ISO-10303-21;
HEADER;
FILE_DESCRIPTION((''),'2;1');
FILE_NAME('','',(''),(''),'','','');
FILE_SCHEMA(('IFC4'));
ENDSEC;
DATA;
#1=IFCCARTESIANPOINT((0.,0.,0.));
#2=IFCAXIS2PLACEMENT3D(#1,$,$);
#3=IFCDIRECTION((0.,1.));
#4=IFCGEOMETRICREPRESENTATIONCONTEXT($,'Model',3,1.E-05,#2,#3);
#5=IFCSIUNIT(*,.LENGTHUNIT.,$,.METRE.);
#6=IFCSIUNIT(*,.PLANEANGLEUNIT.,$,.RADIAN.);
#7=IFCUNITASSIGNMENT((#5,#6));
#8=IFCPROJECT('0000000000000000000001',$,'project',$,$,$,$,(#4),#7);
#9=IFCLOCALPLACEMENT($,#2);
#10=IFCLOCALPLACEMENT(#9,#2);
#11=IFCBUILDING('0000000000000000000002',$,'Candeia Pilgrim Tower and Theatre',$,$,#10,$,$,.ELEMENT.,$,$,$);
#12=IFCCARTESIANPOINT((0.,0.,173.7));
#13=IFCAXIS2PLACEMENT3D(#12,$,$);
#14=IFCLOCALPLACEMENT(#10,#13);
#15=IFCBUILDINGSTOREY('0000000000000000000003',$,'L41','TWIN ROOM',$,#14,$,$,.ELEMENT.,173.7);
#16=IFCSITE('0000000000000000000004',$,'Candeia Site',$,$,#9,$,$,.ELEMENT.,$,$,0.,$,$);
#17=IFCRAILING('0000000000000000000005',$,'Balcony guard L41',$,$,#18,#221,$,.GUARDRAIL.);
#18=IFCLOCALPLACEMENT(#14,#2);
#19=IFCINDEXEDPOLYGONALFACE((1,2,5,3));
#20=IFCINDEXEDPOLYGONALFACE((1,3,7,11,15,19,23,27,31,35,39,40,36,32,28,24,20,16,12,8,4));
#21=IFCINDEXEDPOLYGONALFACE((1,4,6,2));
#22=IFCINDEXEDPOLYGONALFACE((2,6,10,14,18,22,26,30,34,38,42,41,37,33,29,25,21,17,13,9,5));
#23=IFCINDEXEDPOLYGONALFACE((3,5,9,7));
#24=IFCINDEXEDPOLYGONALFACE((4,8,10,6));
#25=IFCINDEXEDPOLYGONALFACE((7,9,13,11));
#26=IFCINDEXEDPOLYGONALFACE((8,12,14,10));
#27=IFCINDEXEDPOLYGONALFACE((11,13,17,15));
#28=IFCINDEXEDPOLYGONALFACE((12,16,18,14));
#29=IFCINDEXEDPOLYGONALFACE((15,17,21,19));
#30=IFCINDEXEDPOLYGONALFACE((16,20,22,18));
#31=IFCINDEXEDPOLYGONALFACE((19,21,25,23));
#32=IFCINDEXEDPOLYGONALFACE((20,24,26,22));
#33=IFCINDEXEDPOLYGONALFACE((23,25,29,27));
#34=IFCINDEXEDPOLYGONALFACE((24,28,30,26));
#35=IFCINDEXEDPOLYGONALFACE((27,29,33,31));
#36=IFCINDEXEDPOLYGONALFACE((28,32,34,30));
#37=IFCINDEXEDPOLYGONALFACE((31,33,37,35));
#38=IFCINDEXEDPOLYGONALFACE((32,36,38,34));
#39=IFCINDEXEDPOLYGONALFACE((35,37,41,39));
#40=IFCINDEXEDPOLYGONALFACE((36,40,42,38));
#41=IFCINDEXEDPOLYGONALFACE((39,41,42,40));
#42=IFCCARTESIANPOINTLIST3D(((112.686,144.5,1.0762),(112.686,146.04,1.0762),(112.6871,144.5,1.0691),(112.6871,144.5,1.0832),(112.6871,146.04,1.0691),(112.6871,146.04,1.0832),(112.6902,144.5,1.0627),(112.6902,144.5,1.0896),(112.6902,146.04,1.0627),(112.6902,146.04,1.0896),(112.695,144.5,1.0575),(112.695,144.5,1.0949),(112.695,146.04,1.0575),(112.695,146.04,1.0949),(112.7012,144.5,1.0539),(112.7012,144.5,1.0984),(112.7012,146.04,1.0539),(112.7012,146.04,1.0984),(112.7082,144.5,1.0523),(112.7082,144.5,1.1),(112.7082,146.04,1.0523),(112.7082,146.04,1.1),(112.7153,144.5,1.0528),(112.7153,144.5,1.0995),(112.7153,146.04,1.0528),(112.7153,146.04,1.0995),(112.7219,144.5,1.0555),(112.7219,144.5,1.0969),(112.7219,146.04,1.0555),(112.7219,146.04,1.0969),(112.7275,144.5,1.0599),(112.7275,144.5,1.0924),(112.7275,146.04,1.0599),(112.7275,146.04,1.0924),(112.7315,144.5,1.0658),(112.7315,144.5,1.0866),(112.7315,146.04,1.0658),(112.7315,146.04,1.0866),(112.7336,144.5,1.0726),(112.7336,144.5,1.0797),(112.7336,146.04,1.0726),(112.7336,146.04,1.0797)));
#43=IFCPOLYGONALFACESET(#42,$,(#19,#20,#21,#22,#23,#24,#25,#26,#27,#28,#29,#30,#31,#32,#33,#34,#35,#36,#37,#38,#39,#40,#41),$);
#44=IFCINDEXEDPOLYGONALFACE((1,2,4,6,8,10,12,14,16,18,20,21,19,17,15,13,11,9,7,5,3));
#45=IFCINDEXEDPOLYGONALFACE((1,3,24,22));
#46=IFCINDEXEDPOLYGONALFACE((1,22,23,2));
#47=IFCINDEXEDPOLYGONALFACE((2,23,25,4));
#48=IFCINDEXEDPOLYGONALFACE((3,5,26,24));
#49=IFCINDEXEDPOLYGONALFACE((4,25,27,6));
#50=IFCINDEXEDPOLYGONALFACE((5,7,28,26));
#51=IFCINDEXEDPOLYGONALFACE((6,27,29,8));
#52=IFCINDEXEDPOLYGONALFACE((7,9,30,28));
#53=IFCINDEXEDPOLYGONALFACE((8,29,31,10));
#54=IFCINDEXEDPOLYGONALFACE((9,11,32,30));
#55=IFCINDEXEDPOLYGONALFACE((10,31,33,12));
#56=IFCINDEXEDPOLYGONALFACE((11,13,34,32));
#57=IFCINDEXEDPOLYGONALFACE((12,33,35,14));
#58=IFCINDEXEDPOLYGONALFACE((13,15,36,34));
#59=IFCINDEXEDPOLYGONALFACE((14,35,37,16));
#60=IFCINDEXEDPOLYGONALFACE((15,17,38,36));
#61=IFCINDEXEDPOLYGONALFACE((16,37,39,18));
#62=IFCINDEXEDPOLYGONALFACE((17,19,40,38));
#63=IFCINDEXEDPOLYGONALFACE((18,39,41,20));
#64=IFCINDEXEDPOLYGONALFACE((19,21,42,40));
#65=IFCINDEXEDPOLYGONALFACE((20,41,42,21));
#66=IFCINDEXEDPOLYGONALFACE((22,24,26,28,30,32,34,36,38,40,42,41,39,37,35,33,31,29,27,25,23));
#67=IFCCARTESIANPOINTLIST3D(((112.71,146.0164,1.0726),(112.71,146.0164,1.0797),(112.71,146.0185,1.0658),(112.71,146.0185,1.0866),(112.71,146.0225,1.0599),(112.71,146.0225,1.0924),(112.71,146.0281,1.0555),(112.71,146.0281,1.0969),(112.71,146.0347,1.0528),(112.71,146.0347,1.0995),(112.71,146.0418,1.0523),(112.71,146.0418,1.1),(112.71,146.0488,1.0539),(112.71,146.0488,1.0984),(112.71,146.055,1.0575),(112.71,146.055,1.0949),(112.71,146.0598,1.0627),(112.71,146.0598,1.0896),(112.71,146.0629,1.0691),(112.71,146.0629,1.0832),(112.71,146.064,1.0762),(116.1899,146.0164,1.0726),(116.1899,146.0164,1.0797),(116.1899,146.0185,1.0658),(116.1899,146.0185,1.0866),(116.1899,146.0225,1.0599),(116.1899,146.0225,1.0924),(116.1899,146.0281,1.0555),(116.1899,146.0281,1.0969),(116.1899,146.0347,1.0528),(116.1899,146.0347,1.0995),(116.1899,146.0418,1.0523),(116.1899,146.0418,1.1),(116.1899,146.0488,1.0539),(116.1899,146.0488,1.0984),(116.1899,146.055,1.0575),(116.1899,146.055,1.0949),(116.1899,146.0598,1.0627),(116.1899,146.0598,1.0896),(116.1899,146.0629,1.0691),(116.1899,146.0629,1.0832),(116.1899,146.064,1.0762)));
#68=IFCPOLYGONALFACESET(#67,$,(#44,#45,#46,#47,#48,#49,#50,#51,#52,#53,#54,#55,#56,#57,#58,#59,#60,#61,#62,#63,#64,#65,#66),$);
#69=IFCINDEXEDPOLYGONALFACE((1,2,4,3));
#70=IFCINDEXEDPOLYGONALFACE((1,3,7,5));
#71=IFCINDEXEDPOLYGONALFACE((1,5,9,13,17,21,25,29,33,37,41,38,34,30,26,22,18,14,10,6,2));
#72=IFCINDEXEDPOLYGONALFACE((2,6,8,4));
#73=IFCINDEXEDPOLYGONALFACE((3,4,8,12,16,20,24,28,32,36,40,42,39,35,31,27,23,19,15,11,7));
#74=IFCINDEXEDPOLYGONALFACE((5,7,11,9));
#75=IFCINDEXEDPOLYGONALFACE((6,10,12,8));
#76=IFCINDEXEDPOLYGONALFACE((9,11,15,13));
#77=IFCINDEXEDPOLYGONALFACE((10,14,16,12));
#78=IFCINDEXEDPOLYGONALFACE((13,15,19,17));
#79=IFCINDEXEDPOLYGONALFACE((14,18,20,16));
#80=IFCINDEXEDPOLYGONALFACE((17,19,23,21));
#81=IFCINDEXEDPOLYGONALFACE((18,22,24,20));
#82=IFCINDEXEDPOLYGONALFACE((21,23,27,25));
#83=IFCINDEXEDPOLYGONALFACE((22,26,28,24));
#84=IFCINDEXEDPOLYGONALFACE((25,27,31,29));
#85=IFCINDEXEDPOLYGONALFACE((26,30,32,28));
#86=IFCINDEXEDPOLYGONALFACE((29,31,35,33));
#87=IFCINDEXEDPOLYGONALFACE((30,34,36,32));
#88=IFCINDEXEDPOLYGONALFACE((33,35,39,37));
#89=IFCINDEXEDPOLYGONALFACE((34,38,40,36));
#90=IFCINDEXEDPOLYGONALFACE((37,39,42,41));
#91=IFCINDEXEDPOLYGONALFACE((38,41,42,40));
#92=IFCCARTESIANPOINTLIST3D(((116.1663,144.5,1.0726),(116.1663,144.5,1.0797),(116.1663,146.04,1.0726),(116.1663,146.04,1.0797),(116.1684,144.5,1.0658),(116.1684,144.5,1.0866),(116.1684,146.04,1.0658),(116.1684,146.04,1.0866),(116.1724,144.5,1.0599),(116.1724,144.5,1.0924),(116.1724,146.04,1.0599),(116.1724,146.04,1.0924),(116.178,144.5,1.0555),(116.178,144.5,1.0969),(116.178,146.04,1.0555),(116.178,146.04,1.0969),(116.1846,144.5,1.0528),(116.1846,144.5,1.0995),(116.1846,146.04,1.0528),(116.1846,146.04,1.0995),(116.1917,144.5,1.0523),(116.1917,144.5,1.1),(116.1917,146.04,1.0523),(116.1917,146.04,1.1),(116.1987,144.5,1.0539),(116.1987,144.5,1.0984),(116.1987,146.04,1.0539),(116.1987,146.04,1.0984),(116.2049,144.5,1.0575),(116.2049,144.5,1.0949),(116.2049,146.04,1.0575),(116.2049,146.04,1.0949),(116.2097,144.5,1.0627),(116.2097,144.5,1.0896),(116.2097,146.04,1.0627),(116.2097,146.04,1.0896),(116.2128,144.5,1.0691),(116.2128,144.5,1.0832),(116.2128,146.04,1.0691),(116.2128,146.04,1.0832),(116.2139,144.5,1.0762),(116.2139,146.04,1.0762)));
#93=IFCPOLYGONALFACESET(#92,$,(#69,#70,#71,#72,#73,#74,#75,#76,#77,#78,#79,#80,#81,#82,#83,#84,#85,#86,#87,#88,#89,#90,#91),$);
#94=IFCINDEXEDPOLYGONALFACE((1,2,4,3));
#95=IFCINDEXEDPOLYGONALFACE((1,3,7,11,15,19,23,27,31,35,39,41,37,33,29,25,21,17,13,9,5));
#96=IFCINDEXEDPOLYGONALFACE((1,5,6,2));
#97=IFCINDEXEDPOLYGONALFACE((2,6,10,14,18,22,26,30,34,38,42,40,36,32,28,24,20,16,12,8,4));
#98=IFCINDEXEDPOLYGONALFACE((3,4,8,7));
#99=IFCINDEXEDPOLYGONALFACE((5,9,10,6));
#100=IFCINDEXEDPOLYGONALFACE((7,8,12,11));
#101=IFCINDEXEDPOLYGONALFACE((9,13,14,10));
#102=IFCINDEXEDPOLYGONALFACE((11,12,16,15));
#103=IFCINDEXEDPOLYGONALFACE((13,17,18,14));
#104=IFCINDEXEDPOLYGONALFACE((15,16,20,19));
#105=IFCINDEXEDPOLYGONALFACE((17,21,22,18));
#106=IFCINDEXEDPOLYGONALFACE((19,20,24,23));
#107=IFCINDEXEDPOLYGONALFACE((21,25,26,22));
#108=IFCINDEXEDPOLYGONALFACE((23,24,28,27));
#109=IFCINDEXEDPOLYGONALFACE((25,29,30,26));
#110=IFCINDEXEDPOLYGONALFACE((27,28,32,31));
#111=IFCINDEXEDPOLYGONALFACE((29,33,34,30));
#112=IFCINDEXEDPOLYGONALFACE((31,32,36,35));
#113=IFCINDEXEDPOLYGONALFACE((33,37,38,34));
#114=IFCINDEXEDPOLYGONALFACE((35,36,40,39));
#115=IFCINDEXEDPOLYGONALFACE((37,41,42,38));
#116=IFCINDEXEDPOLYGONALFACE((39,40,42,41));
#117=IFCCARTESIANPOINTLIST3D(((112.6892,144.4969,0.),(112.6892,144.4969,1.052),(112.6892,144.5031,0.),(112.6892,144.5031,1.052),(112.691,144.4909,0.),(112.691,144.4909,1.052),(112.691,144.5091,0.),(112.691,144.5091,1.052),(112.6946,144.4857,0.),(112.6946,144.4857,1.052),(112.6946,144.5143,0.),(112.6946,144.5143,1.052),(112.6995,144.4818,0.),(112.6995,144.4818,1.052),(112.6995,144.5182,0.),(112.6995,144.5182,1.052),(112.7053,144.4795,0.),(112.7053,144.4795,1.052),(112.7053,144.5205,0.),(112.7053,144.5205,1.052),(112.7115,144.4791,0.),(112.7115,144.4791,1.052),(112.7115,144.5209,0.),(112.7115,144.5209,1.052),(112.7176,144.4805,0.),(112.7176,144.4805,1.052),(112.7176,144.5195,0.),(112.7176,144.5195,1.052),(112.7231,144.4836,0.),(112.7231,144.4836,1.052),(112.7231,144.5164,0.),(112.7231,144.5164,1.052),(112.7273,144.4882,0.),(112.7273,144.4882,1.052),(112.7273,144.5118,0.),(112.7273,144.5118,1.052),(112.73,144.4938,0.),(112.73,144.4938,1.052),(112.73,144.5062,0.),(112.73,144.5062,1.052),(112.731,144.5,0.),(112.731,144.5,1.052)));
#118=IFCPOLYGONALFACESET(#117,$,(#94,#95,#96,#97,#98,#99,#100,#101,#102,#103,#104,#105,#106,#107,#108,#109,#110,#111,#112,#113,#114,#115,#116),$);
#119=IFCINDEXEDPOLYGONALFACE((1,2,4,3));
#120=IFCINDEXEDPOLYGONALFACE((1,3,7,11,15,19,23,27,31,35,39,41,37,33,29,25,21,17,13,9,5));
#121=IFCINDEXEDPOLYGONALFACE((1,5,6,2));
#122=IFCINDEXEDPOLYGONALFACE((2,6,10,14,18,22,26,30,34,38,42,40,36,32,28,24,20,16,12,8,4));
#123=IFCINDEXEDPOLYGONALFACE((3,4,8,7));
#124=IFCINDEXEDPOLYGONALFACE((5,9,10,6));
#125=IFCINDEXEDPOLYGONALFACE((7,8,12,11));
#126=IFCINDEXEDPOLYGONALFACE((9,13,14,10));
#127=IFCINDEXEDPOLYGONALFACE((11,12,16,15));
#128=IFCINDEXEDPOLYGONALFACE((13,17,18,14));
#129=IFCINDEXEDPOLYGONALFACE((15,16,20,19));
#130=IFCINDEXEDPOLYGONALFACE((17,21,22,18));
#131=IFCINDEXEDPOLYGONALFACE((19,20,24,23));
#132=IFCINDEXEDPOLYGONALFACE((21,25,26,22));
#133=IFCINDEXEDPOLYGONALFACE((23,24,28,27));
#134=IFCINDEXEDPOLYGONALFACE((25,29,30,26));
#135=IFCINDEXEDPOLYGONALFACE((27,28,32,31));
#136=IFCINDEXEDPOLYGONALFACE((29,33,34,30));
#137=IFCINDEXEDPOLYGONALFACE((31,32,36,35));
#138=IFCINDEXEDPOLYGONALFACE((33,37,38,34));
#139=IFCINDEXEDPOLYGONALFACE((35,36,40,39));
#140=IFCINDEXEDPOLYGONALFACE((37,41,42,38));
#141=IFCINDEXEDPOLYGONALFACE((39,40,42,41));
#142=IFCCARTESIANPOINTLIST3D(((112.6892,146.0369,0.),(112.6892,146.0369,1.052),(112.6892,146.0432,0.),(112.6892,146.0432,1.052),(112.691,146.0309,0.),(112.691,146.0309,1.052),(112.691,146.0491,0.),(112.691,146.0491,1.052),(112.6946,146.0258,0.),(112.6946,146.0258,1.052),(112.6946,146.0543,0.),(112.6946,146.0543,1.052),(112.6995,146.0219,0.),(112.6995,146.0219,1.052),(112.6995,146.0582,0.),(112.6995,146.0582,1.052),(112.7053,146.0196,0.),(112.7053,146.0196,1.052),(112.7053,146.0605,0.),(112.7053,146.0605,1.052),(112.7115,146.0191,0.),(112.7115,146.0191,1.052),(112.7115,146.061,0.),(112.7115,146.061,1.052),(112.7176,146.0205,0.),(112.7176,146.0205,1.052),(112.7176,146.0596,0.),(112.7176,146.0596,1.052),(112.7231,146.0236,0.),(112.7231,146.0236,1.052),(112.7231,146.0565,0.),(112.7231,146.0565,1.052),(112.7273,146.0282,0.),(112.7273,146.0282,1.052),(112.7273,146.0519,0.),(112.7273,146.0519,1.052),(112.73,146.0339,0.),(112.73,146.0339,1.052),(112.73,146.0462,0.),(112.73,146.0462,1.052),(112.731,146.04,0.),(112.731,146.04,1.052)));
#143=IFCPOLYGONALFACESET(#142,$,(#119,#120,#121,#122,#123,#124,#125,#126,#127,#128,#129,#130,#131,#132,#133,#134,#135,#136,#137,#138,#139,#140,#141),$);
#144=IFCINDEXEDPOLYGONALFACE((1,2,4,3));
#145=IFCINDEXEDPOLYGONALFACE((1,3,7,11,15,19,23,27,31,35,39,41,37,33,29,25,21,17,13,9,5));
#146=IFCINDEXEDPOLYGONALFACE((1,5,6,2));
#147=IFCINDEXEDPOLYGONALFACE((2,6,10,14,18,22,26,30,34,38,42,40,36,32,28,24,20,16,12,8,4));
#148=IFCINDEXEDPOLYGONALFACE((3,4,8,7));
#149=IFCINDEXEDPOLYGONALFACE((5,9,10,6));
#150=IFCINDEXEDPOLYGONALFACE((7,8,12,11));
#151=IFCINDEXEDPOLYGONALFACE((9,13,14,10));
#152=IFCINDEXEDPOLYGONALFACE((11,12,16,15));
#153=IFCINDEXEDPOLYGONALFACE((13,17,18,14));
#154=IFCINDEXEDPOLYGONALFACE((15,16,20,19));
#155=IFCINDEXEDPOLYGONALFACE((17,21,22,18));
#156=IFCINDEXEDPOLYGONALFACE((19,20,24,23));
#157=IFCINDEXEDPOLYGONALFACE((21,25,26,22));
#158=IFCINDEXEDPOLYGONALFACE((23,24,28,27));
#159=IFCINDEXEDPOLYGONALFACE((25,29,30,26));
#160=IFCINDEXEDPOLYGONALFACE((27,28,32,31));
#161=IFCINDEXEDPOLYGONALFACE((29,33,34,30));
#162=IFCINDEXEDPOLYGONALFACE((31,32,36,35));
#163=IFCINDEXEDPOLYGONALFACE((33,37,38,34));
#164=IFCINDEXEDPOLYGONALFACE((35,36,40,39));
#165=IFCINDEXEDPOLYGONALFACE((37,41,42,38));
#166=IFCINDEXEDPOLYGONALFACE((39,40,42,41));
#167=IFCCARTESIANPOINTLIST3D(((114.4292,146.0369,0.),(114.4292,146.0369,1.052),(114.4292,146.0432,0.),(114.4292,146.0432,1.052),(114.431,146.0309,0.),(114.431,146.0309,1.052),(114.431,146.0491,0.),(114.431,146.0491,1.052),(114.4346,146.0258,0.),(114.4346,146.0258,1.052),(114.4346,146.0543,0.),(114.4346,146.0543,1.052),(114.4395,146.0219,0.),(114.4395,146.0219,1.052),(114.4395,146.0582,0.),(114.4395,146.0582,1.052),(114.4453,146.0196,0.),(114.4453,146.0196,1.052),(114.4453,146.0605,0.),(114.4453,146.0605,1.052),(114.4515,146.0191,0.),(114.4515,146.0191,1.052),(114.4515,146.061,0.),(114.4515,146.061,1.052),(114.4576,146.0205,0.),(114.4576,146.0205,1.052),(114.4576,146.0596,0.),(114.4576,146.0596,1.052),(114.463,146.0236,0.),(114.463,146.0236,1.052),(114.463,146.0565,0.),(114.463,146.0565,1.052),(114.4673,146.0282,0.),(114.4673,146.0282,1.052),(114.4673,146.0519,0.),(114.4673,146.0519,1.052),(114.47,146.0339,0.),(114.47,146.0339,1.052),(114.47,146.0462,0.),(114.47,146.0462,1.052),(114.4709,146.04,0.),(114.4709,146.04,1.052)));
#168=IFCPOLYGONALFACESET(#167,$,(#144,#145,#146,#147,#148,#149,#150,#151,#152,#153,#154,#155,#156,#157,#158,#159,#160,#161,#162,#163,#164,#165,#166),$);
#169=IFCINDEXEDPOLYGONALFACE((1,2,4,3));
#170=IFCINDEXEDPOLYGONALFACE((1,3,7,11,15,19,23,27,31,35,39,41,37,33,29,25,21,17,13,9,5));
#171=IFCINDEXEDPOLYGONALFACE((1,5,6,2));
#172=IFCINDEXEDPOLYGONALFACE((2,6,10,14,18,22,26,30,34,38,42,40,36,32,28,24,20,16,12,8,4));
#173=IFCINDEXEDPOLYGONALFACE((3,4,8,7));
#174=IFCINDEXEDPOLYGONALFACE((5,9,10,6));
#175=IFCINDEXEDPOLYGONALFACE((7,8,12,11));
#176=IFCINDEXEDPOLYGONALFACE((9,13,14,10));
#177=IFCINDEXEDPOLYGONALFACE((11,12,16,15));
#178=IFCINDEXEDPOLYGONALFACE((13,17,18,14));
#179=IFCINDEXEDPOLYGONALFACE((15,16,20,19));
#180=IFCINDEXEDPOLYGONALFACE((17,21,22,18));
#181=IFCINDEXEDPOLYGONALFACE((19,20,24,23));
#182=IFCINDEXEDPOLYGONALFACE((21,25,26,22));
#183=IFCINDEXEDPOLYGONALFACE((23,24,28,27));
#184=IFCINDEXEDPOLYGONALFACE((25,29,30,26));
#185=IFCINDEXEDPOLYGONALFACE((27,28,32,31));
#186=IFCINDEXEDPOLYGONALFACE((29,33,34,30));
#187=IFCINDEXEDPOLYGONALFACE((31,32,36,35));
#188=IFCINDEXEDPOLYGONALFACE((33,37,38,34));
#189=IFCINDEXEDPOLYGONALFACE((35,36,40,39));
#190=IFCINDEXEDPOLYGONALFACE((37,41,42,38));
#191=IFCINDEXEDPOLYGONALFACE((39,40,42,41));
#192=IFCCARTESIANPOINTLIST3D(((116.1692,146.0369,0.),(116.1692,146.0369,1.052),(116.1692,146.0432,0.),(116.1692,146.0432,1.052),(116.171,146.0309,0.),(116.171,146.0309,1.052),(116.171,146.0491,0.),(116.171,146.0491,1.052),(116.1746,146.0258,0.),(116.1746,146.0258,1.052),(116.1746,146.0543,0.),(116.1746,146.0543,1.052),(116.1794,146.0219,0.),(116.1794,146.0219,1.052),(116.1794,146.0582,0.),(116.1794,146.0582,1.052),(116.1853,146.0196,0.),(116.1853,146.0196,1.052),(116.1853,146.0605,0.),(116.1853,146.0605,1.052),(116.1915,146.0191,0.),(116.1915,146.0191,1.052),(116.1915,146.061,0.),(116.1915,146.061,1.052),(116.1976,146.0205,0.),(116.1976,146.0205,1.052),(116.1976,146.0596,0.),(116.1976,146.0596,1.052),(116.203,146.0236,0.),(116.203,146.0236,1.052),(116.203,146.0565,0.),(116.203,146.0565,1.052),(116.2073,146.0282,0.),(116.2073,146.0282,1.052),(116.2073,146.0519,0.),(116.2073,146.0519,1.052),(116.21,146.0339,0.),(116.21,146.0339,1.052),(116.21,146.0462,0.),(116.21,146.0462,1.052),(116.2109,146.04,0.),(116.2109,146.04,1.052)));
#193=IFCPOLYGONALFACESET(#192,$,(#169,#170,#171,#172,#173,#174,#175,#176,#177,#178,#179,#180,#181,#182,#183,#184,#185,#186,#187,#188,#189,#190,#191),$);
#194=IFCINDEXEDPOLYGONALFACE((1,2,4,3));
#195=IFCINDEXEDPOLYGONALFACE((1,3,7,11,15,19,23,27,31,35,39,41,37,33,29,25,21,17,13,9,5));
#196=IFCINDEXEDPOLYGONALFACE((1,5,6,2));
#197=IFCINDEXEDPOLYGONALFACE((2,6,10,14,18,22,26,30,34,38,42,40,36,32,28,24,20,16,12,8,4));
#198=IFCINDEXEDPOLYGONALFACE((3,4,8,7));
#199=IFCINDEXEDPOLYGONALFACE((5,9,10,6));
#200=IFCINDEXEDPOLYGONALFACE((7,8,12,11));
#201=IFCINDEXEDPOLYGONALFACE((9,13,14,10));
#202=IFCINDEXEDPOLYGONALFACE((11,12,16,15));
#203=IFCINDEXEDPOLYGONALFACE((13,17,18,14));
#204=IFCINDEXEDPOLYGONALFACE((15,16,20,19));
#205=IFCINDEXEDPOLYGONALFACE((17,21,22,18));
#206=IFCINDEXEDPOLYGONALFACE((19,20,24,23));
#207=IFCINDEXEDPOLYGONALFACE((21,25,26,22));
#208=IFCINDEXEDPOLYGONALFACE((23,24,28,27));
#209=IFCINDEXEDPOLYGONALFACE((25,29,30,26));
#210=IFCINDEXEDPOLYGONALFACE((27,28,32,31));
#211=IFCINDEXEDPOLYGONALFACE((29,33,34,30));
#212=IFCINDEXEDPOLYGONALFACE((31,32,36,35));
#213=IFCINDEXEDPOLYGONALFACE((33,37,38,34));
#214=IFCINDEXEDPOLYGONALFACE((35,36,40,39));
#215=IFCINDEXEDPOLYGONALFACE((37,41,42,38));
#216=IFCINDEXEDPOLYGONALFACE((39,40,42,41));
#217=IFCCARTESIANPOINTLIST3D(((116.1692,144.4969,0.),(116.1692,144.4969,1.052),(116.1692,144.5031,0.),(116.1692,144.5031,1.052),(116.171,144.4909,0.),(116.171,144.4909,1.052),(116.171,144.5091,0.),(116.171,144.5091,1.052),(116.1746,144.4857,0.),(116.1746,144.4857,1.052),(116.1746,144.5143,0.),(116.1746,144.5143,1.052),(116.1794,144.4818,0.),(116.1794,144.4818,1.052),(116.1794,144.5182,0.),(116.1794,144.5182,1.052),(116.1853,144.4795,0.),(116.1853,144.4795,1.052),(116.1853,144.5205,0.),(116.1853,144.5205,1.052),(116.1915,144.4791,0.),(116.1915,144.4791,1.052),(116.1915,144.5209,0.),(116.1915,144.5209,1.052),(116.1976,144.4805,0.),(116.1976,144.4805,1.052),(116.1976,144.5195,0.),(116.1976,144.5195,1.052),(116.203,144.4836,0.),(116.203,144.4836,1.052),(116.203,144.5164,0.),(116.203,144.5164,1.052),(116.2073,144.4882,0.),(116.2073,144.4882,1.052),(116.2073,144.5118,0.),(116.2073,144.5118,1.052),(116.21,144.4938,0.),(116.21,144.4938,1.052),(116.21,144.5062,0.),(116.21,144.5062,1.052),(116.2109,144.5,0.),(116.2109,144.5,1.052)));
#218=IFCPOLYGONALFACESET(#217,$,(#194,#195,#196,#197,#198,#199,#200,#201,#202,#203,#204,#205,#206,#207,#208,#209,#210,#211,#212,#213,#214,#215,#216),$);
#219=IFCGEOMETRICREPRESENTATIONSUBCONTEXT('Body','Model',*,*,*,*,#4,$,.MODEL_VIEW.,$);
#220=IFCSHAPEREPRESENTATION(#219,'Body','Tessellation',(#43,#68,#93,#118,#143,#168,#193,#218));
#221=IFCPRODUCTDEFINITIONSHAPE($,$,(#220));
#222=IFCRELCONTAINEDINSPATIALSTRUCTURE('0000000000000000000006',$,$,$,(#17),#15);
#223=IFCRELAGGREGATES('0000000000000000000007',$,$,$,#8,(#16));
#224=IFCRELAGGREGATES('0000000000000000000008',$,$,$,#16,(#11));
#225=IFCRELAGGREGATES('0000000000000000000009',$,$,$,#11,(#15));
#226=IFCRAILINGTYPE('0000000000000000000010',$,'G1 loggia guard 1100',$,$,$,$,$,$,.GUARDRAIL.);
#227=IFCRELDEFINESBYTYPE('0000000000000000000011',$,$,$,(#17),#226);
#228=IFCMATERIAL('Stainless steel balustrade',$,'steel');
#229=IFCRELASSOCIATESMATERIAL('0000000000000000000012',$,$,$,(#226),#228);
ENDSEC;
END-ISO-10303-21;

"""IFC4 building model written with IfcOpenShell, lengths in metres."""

from ifc_helpers import new_model, si_unit, direction, frame, origin, origin_2d, place, context, subcontext, project, spatial, circle, extrude, material, type_object, element, save


model = new_model("IFC4")

# Units and contexts
model_context = context("Model", 3, precision=1e-05, world=origin(), true_north=direction((0.0, 1.0)))
body_context = subcontext(model_context, "Body", "Model", "MODEL_VIEW")
ifc_project = project(units=[si_unit("LENGTHUNIT", "METRE"), si_unit("PLANEANGLEUNIT", "RADIAN")], contexts=[model_context])

# Site, building, storey
site_placement = place(None, origin())
site = spatial("IfcSite", under=ifc_project, at=site_placement, Name="Candeia Site", CompositionType="ELEMENT", RefElevation=0.0)
building_placement = place(site_placement, origin())
building = spatial("IfcBuilding", under=site, at=building_placement, Name="Candeia Pilgrim Tower and Theatre", CompositionType="ELEMENT")
storey_placement = place(building_placement, frame((0.0, 0.0, 173.7)))
storey = spatial("IfcBuildingStorey", under=building, at=storey_placement, Name="L41", Description="TWIN ROOM", CompositionType="ELEMENT", Elevation=173.7)

# Railing
ifc_material_1 = material(Name="Stainless steel balustrade", Category="steel")
railing_type = type_object("IfcRailingType", Name="G1 loggia guard 1100", PredefinedType="GUARDRAIL", material=ifc_material_1)
railing_placement = place(storey_placement, frame((112.71, 144.5, 0.0)))
element("IfcRailing", 1, at=railing_placement, inside=storey, type_object=railing_type, Name="Balcony guard L41", PredefinedType="GUARDRAIL", context=body_context, shape_type="SweptSolid", body=[
    extrude(circle(Radius=0.0239, at=origin_2d()), frame((0.0, 0.0, 1.0762), z_axis=(0.0, 1.0, 0.0), x_axis=(-1.0, 0.0, 0.0)), (0.0, 0.0, 1.0), 1.54),
    extrude(circle(Radius=0.0239, at=origin_2d()), frame((0.0, 1.54, 1.0762), z_axis=(1.0, 0.0, 0.0), x_axis=(0.0, 1.0, 0.0)), (0.0, 0.0, 1.0), 3.48),
    extrude(circle(Radius=0.0239, at=origin_2d()), frame((3.48, 1.54, 1.0762), z_axis=(0.0, -1.0, 0.0), x_axis=(1.0, 0.0, 0.0)), (0.0, 0.0, 1.0), 1.54),
    extrude(circle(Radius=0.021, at=origin_2d()), origin(), (0.0, 0.0, 1.0), 1.052),
    extrude(circle(Radius=0.021, at=origin_2d()), frame((0.0, 1.54, 0.0)), (0.0, 0.0, 1.0), 1.052),
    extrude(circle(Radius=0.021, at=origin_2d()), frame((1.74, 1.54, 0.0)), (0.0, 0.0, 1.0), 1.052),
    extrude(circle(Radius=0.021, at=origin_2d()), frame((3.48, 1.54, 0.0)), (0.0, 0.0, 1.0), 1.052),
    extrude(circle(Radius=0.021, at=origin_2d()), frame((3.48, 0.0, 0.0)), (0.0, 0.0, 1.0), 1.052),
])

save(model, "model.ifc")
